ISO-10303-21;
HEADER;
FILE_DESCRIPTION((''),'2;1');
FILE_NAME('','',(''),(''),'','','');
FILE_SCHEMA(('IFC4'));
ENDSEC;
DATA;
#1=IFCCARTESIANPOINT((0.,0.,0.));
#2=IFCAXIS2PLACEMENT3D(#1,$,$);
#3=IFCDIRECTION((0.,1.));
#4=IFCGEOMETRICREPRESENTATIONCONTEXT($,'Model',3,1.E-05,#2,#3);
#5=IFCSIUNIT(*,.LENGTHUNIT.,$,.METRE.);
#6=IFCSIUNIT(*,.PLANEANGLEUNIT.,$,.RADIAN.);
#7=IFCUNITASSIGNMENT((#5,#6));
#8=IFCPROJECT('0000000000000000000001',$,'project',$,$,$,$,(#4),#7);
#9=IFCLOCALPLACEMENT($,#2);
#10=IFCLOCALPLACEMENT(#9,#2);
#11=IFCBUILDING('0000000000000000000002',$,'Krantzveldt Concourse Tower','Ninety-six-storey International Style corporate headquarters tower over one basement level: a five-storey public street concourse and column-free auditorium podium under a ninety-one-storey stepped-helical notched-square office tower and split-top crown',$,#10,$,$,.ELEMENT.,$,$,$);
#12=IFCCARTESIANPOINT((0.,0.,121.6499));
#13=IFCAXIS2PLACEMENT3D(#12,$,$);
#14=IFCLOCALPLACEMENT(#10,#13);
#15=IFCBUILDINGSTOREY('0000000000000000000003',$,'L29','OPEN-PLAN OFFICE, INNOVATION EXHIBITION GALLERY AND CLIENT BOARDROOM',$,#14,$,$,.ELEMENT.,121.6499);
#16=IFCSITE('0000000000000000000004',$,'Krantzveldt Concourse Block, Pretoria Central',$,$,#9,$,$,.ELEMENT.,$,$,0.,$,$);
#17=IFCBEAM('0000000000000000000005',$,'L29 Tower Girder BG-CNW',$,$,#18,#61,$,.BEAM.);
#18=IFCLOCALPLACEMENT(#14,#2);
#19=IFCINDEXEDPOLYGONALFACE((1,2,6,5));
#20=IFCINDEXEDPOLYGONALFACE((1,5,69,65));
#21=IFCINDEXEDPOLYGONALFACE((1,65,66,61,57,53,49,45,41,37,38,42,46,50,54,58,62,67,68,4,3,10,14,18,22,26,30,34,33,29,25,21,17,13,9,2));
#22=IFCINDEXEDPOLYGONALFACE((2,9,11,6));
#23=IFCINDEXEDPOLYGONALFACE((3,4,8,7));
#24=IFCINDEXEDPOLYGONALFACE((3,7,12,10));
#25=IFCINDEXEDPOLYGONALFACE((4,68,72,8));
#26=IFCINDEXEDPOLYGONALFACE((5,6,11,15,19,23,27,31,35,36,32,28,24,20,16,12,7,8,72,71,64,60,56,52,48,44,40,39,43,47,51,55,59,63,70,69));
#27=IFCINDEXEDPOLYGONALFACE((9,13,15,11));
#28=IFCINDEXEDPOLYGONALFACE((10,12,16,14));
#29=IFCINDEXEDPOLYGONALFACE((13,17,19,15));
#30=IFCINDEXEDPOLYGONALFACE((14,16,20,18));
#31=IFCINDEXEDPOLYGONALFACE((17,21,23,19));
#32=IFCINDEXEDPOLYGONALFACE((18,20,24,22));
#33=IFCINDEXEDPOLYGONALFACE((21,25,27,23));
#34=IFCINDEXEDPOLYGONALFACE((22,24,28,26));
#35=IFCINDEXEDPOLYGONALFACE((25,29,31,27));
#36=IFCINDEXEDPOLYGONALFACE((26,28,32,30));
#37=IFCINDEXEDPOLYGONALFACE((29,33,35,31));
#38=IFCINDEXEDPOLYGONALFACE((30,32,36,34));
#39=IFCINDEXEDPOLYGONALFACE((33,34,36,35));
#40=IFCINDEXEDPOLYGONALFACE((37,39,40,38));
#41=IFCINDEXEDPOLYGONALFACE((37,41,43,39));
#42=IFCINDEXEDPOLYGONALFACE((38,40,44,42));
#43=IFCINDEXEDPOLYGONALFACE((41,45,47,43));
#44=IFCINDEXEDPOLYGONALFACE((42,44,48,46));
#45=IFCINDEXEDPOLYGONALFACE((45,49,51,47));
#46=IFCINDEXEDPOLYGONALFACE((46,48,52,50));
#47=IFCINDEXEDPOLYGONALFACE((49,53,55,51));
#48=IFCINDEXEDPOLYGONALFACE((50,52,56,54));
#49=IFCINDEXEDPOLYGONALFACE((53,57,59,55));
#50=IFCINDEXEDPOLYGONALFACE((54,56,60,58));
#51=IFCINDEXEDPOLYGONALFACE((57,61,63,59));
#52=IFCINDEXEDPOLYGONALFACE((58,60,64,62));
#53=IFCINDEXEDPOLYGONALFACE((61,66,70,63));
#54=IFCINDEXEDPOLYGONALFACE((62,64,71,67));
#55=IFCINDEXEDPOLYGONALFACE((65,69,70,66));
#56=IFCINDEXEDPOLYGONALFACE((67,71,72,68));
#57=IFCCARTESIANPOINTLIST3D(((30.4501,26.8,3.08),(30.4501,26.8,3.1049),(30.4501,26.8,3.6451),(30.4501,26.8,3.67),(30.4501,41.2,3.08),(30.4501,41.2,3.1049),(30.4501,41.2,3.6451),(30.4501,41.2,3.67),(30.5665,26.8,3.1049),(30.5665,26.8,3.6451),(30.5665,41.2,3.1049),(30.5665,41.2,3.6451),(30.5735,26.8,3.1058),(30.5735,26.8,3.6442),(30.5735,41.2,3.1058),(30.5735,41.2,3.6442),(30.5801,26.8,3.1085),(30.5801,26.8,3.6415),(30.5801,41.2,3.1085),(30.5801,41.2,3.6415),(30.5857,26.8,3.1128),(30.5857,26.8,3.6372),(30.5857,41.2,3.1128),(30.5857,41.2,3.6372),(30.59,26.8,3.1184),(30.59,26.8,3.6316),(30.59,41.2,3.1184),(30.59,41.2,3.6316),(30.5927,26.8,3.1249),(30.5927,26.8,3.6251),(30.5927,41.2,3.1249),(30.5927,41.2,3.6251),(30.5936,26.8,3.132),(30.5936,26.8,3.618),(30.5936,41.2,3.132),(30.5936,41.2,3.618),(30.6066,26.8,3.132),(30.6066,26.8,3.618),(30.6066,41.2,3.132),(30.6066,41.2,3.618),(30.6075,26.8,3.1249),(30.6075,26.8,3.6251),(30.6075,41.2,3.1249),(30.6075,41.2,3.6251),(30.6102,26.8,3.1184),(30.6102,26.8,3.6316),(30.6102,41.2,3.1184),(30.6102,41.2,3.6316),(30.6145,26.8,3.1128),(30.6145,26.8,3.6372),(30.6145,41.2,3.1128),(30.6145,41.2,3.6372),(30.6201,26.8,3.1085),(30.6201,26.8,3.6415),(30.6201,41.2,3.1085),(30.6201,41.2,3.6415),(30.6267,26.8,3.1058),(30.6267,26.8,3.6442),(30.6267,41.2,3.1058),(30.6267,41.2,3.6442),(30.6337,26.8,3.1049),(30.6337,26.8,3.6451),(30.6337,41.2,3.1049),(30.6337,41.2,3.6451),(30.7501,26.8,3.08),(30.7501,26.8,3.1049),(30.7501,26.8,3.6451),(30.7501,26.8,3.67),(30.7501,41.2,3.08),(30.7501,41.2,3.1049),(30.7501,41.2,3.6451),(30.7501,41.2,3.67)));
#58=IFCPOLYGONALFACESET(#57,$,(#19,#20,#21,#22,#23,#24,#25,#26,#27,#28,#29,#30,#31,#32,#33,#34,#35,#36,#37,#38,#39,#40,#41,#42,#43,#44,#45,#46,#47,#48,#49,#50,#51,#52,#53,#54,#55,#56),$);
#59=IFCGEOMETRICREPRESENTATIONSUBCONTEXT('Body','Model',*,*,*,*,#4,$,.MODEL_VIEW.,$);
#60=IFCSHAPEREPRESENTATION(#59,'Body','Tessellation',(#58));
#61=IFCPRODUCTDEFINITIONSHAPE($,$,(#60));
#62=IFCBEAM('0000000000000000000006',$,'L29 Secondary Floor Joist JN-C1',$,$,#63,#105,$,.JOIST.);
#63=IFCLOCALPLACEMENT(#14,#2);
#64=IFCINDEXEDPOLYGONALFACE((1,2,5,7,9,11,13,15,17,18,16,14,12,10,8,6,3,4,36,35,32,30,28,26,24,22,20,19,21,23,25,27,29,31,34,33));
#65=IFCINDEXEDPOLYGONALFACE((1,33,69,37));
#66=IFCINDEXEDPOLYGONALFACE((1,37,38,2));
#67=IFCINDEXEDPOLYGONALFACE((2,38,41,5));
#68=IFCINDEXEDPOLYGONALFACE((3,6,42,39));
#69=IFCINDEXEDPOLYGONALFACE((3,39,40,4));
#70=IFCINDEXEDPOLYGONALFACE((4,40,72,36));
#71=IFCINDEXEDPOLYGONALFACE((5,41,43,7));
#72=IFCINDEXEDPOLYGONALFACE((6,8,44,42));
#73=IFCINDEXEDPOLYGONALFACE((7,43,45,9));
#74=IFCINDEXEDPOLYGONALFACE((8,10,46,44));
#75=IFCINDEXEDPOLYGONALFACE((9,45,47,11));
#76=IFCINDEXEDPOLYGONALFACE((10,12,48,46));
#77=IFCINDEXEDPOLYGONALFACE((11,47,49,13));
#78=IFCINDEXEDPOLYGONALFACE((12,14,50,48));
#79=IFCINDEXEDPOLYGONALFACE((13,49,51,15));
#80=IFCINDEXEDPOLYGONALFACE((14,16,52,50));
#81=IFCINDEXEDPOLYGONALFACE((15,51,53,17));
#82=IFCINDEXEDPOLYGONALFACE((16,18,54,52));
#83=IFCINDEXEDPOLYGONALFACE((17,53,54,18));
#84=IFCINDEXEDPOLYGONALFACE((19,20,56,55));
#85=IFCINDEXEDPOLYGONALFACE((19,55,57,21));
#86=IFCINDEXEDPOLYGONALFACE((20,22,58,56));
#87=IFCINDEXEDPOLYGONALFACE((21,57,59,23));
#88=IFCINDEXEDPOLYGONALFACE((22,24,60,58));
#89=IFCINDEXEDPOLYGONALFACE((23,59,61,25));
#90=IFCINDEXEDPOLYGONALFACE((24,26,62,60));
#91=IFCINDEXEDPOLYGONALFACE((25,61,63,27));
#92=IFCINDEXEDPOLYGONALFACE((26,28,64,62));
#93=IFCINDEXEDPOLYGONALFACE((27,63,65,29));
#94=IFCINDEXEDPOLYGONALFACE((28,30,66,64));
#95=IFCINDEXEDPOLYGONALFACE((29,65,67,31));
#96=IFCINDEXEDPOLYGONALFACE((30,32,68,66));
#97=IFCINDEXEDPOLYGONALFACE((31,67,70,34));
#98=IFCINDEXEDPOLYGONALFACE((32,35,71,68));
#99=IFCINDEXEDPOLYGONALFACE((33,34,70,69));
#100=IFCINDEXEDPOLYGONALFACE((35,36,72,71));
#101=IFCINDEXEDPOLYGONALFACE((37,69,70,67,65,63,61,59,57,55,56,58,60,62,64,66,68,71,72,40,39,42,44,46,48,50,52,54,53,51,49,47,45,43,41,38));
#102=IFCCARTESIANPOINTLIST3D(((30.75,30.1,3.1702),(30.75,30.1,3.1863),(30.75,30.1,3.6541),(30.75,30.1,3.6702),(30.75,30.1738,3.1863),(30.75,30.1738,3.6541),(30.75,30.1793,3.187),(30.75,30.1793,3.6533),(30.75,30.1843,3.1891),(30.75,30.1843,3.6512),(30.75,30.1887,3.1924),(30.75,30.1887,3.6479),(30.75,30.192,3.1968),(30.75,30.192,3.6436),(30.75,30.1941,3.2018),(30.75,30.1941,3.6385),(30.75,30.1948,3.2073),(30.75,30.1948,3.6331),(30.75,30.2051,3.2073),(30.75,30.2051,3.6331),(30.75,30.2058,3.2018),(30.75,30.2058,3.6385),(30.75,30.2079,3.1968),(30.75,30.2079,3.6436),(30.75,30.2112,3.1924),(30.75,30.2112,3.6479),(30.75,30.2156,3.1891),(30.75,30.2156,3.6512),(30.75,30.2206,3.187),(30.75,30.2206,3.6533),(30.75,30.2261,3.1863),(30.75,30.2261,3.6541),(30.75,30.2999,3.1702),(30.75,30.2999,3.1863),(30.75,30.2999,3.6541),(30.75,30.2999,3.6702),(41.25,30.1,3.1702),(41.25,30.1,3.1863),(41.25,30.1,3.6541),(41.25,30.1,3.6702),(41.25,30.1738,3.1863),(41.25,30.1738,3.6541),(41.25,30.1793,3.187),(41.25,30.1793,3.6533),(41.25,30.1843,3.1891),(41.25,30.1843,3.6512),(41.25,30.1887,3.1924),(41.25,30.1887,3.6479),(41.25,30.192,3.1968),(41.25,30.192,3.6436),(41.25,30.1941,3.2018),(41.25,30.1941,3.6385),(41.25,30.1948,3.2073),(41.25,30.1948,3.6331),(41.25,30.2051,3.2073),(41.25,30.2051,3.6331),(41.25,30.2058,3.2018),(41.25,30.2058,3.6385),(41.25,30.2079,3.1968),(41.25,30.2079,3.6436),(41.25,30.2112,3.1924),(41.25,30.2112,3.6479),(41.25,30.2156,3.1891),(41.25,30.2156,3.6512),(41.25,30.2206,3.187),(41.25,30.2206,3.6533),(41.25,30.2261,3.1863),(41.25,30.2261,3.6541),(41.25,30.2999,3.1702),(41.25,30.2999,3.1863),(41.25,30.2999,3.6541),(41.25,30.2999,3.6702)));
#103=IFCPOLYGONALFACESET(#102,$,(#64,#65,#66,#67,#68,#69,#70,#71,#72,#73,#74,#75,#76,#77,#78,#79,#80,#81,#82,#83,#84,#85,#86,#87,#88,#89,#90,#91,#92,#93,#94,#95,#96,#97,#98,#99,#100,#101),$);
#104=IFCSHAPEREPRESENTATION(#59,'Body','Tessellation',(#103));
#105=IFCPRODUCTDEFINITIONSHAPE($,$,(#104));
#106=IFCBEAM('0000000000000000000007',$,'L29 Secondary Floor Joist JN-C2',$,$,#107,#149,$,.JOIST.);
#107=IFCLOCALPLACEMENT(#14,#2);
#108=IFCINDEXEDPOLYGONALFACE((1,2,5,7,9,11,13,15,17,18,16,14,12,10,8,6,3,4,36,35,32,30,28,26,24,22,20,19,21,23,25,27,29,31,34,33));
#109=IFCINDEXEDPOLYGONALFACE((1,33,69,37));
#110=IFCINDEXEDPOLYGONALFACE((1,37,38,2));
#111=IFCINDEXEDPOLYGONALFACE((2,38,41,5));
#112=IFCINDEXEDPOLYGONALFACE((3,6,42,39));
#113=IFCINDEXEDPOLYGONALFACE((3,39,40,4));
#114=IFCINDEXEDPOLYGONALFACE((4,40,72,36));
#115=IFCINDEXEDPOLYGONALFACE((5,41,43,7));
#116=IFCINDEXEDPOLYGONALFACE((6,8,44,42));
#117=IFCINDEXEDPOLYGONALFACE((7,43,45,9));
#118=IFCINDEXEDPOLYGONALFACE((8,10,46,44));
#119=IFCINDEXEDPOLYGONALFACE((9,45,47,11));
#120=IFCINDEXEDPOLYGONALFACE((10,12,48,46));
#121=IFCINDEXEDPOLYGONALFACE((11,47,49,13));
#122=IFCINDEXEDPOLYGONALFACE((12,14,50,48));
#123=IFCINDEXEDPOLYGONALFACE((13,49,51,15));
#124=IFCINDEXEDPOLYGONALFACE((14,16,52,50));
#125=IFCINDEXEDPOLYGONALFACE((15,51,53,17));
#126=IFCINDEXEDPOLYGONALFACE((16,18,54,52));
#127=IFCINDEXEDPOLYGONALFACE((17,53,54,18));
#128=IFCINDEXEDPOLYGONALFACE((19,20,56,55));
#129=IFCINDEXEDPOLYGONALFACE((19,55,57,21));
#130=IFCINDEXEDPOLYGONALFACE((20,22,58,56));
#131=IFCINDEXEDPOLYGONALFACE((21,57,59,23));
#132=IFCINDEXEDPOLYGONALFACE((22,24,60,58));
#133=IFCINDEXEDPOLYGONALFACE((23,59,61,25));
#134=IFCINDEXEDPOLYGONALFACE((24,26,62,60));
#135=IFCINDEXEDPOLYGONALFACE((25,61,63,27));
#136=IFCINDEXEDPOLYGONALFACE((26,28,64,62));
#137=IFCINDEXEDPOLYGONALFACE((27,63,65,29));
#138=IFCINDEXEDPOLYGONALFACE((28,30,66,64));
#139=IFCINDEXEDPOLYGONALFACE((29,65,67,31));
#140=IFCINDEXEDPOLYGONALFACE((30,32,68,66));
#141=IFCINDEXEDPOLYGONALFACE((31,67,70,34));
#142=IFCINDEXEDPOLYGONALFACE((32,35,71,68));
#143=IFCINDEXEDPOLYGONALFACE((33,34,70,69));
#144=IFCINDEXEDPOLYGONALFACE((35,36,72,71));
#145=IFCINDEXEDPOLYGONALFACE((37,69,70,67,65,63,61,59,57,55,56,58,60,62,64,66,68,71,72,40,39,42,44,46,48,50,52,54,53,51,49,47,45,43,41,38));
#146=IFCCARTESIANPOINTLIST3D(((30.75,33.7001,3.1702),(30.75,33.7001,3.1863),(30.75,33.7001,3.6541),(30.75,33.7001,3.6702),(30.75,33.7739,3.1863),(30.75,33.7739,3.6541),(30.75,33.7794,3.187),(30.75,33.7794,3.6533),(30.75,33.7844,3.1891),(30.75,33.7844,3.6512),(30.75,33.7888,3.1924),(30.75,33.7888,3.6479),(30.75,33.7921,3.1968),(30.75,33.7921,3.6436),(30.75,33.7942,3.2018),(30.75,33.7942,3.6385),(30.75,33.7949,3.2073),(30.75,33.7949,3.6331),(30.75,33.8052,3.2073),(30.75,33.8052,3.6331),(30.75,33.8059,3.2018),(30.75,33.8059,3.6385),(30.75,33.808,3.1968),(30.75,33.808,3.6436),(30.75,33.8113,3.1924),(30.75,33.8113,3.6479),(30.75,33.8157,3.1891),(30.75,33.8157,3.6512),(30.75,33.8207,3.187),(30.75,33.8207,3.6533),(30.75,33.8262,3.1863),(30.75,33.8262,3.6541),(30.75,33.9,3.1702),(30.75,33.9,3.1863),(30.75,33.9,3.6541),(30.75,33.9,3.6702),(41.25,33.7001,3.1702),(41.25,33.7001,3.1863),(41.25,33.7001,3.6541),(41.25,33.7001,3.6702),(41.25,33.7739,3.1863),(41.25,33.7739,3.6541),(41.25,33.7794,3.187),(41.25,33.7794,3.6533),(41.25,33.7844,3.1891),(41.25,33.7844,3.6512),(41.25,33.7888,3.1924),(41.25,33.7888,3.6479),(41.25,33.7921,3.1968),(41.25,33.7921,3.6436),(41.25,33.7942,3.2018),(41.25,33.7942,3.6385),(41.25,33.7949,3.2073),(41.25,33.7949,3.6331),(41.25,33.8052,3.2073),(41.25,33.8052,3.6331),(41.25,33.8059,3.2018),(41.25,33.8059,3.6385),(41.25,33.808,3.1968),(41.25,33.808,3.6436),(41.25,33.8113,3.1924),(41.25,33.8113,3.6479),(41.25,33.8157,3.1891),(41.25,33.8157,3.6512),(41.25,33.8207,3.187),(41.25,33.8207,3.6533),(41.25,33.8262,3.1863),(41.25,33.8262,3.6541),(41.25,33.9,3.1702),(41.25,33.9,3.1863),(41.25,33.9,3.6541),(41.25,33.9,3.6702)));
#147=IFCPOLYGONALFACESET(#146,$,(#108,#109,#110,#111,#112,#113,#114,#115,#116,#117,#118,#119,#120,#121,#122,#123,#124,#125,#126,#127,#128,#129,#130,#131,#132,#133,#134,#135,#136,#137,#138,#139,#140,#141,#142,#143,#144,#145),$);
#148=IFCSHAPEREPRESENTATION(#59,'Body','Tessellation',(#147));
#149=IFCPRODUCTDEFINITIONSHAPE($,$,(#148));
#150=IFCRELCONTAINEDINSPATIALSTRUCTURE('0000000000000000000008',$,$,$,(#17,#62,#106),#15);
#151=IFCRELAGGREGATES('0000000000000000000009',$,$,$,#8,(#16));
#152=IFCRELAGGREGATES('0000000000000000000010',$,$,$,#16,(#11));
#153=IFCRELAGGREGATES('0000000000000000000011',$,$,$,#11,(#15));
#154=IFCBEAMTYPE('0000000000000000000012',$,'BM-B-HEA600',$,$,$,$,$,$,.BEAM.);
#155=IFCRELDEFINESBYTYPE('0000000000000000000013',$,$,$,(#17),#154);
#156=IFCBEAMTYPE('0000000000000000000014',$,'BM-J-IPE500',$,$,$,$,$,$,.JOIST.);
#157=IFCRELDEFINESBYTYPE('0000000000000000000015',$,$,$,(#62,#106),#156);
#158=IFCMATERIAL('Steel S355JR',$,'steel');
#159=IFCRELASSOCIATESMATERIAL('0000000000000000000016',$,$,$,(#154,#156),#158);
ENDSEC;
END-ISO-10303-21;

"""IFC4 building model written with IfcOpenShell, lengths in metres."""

from ifc_helpers import new_model, si_unit, direction, frame, origin, origin_2d, place, context, subcontext, project, spatial, i_section, extrude, source, transform, mapped, material, material_profile, profile_set, type_object, type_shapes, element, save


model = new_model("IFC4")

# Units and contexts
model_context = context("Model", 3, precision=1e-05, world=origin(), true_north=direction((0.0, 1.0)))
body_context = subcontext(model_context, "Body", "Model", "MODEL_VIEW")
ifc_project = project(units=[si_unit("LENGTHUNIT", "METRE"), si_unit("PLANEANGLEUNIT", "RADIAN")], contexts=[model_context])

# Site, building, storey
site_placement = place(None, origin())
site = spatial("IfcSite", under=ifc_project, at=site_placement, Name="Krantzveldt Concourse Block, Pretoria Central", CompositionType="ELEMENT", RefElevation=0.0)
building_placement = place(site_placement, origin())
building = spatial("IfcBuilding", under=site, at=building_placement, Name="Krantzveldt Concourse Tower", Description="Ninety-six-storey International Style corporate headquarters tower over one basement level: a five-storey public street concourse and column-free auditorium podium under a ninety-one-storey stepped-helical notched-square office tower and split-top crown", CompositionType="ELEMENT")
storey_placement = place(building_placement, frame((0.0, 0.0, 121.6499)))
storey = spatial("IfcBuildingStorey", under=building, at=storey_placement, Name="L29", Description="OPEN-PLAN OFFICE, INNOVATION EXHIBITION GALLERY AND CLIENT BOARDROOM", CompositionType="ELEMENT", Elevation=121.6499)

# Beams
ifc_material_1 = material(Name="Steel S355JR", Category="steel")
ifc_material_profile_1 = material_profile(ifc_material_1, i_section(OverallWidth=0.3, OverallDepth=0.5901, WebThickness=0.0129, FlangeThickness=0.0249, FilletRadius=0.0271, at=origin_2d()), Name="Steel S355JR", Category="steel")
ifc_profile_set_1 = profile_set([ifc_material_profile_1], Name="Steel S355JR - HEA 600")
beam_type_1 = type_object("IfcBeamType", Name="BM-B-HEA600", PredefinedType="BEAM", material=ifc_profile_set_1)
shared_shape_1 = source(origin(), body_context, "Body", "SweptSolid", [
    extrude(i_section(OverallWidth=0.3, OverallDepth=0.5901, WebThickness=0.0129, FlangeThickness=0.0249, FilletRadius=0.0271, at=origin_2d()), origin(), (0.0, 0.0, 1.0), 14.3999),
])
type_shapes(beam_type_1, [shared_shape_1])
beam_1_placement = place(storey_placement, frame((30.6001, 26.8, 3.375), z_axis=(0.0, 1.0, 0.0), x_axis=(-1.0, 0.0, 0.0)))
element("IfcBeam", 1, at=beam_1_placement, inside=storey, type_object=beam_type_1, Name="L29 Tower Girder BG-CNW", PredefinedType="BEAM", context=body_context, shape_type="MappedRepresentation", body=[
    mapped(shared_shape_1, transform((0.0, 0.0, 0.0), x_axis=(1.0, 0.0, 0.0), y_axis=(0.0, 1.0, 0.0), z_axis=(0.0, 0.0, 1.0), scale=1.0)),
])
ifc_material_profile_2 = material_profile(ifc_material_1, i_section(OverallWidth=0.2, OverallDepth=0.5, WebThickness=0.0103, FlangeThickness=0.0161, FilletRadius=0.021, at=origin_2d()), Name="Steel S355JR", Category="steel")
ifc_profile_set_2 = profile_set([ifc_material_profile_2], Name="Steel S355JR - IPE 500")
beam_type_2 = type_object("IfcBeamType", Name="BM-J-IPE500", PredefinedType="JOIST", material=ifc_profile_set_2)
shared_shape_2 = source(origin(), body_context, "Body", "SweptSolid", [
    extrude(i_section(OverallWidth=0.2, OverallDepth=0.5, WebThickness=0.0103, FlangeThickness=0.0161, FilletRadius=0.021, at=origin_2d()), origin(), (0.0, 0.0, 1.0), 10.5),
])
type_shapes(beam_type_2, [shared_shape_2])
for number, where, z_axis, x_axis, name in (
    (2, (30.75, 30.2, 3.4202), (1.0, 0.0, 0.0), (0.0, 1.0, 0.0), "L29 Secondary Floor Joist JN-C1"),
    (3, (30.75, 33.8, 3.4202), (1.0, 0.0, 0.0), (0.0, 1.0, 0.0), "L29 Secondary Floor Joist JN-C2"),
):
    element("IfcBeam", number, at=place(storey_placement, frame(where, z_axis=z_axis, x_axis=x_axis)), inside=storey, type_object=beam_type_2, Name=name, PredefinedType="JOIST", context=body_context, shape_type="MappedRepresentation", body=[
        mapped(shared_shape_2, transform((0.0, 0.0, 0.0), x_axis=(1.0, 0.0, 0.0), y_axis=(0.0, 1.0, 0.0), z_axis=(0.0, 0.0, 1.0), scale=1.0)),
    ])

save(model, "model.ifc")
